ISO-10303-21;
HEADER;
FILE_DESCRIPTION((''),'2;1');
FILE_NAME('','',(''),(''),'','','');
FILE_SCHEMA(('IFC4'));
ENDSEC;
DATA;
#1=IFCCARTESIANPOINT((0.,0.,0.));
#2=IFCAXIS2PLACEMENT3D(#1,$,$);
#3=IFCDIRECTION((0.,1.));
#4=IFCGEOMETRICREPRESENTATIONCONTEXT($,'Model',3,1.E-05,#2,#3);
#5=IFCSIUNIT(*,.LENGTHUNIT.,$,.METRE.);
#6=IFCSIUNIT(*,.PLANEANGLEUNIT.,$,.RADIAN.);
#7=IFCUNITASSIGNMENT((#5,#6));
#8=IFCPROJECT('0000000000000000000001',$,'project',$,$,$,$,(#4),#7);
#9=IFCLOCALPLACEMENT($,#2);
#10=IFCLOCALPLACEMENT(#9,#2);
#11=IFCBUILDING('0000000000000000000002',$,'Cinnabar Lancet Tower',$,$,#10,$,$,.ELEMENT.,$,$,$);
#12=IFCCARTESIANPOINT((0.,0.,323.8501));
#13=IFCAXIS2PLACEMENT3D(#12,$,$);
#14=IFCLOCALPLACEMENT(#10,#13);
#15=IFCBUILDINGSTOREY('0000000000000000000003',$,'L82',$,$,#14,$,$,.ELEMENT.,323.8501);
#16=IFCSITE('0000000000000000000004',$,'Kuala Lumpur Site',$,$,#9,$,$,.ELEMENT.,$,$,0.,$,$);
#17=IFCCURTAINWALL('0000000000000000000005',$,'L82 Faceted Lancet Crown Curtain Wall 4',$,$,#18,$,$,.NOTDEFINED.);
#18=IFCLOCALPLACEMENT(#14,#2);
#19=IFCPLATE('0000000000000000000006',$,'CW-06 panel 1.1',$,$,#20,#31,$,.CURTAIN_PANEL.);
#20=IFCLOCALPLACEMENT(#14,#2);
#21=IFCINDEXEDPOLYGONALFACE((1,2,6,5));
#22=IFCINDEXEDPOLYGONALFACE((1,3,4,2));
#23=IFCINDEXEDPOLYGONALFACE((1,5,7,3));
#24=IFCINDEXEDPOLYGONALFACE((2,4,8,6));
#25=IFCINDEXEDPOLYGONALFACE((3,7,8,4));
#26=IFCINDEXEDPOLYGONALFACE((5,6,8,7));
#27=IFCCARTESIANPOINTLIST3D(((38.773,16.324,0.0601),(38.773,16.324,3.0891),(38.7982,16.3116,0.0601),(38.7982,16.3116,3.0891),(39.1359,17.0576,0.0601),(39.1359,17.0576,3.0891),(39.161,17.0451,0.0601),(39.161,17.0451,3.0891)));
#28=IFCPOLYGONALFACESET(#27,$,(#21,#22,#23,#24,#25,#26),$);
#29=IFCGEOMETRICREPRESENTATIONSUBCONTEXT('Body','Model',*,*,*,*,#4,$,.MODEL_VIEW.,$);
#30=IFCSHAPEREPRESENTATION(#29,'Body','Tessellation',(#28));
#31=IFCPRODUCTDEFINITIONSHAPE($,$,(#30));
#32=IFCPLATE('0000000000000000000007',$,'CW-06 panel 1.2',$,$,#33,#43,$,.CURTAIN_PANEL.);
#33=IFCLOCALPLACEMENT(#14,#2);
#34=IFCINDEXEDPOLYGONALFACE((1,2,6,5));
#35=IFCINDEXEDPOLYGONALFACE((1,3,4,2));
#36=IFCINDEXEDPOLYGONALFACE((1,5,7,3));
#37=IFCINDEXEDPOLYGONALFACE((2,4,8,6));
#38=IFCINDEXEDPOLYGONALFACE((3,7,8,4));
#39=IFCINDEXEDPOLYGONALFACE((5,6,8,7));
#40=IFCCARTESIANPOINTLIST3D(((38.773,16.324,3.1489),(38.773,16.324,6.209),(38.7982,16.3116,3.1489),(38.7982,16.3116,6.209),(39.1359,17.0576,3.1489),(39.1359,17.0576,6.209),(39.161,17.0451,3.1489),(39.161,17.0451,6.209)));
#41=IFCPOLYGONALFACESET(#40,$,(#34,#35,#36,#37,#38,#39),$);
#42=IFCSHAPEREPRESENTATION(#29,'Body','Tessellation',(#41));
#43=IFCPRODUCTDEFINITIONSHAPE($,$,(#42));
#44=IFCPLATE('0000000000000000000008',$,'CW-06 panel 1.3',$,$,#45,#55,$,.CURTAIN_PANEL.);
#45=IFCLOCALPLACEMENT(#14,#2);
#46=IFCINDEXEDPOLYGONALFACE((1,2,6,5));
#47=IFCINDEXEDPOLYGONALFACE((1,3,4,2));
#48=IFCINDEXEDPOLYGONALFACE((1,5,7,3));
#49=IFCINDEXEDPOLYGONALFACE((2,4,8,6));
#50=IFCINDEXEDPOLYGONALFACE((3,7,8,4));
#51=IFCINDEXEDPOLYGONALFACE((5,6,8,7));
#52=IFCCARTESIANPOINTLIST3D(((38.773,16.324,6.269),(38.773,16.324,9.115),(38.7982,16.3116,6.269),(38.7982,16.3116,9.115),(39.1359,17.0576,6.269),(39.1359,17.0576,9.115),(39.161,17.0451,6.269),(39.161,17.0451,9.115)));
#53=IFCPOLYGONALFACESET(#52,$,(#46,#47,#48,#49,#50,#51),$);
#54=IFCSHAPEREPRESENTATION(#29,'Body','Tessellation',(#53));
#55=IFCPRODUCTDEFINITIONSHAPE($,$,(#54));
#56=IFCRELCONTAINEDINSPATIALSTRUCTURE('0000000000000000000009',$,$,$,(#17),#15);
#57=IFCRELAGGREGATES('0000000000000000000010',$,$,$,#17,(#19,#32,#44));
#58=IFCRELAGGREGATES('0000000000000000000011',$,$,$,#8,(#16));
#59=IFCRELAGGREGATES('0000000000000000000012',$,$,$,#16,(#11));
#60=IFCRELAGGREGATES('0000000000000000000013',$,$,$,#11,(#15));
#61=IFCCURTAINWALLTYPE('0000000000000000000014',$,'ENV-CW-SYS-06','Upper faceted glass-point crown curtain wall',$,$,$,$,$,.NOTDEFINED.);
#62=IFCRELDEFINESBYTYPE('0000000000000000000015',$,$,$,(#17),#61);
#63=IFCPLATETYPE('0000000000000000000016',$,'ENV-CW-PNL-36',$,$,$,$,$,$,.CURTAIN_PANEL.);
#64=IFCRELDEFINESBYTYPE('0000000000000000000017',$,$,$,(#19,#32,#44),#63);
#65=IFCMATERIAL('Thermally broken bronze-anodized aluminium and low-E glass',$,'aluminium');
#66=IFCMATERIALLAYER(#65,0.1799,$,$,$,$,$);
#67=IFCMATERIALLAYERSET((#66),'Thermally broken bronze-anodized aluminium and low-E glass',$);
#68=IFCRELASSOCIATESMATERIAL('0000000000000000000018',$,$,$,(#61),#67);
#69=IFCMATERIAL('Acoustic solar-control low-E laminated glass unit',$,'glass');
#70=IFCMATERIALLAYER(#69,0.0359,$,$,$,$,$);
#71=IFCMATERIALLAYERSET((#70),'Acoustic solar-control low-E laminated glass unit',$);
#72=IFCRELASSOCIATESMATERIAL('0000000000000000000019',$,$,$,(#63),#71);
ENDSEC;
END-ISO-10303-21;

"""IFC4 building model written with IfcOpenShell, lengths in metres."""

from ifc_helpers import new_model, si_unit, direction, frame, origin, origin_2d, place, context, subcontext, project, spatial, rectangle, extrude, material, layer, layer_set, type_object, element, aggregate, save


model = new_model("IFC4")

# Units and contexts
model_context = context("Model", 3, precision=1e-05, world=origin(), true_north=direction((0.0, 1.0)))
body_context = subcontext(model_context, "Body", "Model", "MODEL_VIEW")
ifc_project = project(units=[si_unit("LENGTHUNIT", "METRE"), si_unit("PLANEANGLEUNIT", "RADIAN")], contexts=[model_context])

# Site, building, storey
site_placement = place(None, origin())
site = spatial("IfcSite", under=ifc_project, at=site_placement, Name="Kuala Lumpur Site", CompositionType="ELEMENT", RefElevation=0.0)
building_placement = place(site_placement, origin())
building = spatial("IfcBuilding", under=site, at=building_placement, Name="Cinnabar Lancet Tower", CompositionType="ELEMENT")
storey_placement = place(building_placement, frame((0.0, 0.0, 323.8501)))
storey = spatial("IfcBuildingStorey", under=building, at=storey_placement, Name="L82", CompositionType="ELEMENT", Elevation=323.8501)

# Curtain wall
ifc_material_1 = material(Name="Thermally broken bronze-anodized aluminium and low-E glass", Category="aluminium")
ifc_layer_1 = layer(ifc_material_1, 0.1799)
ifc_layer_set_1 = layer_set([ifc_layer_1], Name="Thermally broken bronze-anodized aluminium and low-E glass")
curtain_wall_type = type_object("IfcCurtainWallType", Name="ENV-CW-SYS-06", Description="Upper faceted glass-point crown curtain wall", PredefinedType="NOTDEFINED", material=ifc_layer_set_1)
curtain_wall_1_placement = place(storey_placement, origin())
curtain_wall_1 = element("IfcCurtainWall", 1, at=curtain_wall_1_placement, inside=storey, type_object=curtain_wall_type, Name="L82 Faceted Lancet Crown Curtain Wall 4", PredefinedType="NOTDEFINED")

# Plates
ifc_material_2 = material(Name="Acoustic solar-control low-E laminated glass unit", Category="glass")
ifc_layer_2 = layer(ifc_material_2, 0.0359)
ifc_layer_set_2 = layer_set([ifc_layer_2], Name="Acoustic solar-control low-E laminated glass unit")
plate_type = type_object("IfcPlateType", Name="ENV-CW-PNL-36", PredefinedType="CURTAIN_PANEL", material=ifc_layer_set_2)
plate_1_placement = place(storey_placement, frame((38.967, 16.6846, 0.0601), z_axis=(0.0, 0.0, 1.0), x_axis=(0.443373, 0.896337, 0.0)))
plate_1 = element("IfcPlate", 2, at=plate_1_placement, type_object=plate_type, Name="CW-06 panel 1.1", PredefinedType="CURTAIN_PANEL", context=body_context, shape_type="SweptSolid", body=[
    extrude(rectangle(XDim=0.8184, YDim=0.0281, at=origin_2d()), origin(), (0.0, 0.0, 1.0), 3.0291),
])
plate_2_placement = place(storey_placement, frame((38.967, 16.6846, 3.1489), z_axis=(0.0, 0.0, 1.0), x_axis=(0.443373, 0.896337, 0.0)))
plate_2 = element("IfcPlate", 3, at=plate_2_placement, type_object=plate_type, Name="CW-06 panel 1.2", PredefinedType="CURTAIN_PANEL", context=body_context, shape_type="SweptSolid", body=[
    extrude(rectangle(XDim=0.8184, YDim=0.0281, at=origin_2d()), origin(), (0.0, 0.0, 1.0), 3.0601),
])
plate_3_placement = place(storey_placement, frame((38.967, 16.6846, 6.269), z_axis=(0.0, 0.0, 1.0), x_axis=(0.443373, 0.896337, 0.0)))
plate_3 = element("IfcPlate", 4, at=plate_3_placement, type_object=plate_type, Name="CW-06 panel 1.3", PredefinedType="CURTAIN_PANEL", context=body_context, shape_type="SweptSolid", body=[
    extrude(rectangle(XDim=0.8184, YDim=0.0281, at=origin_2d()), origin(), (0.0, 0.0, 1.0), 2.8459),
])
aggregate(curtain_wall_1, [plate_1, plate_2, plate_3])

save(model, "model.ifc")
